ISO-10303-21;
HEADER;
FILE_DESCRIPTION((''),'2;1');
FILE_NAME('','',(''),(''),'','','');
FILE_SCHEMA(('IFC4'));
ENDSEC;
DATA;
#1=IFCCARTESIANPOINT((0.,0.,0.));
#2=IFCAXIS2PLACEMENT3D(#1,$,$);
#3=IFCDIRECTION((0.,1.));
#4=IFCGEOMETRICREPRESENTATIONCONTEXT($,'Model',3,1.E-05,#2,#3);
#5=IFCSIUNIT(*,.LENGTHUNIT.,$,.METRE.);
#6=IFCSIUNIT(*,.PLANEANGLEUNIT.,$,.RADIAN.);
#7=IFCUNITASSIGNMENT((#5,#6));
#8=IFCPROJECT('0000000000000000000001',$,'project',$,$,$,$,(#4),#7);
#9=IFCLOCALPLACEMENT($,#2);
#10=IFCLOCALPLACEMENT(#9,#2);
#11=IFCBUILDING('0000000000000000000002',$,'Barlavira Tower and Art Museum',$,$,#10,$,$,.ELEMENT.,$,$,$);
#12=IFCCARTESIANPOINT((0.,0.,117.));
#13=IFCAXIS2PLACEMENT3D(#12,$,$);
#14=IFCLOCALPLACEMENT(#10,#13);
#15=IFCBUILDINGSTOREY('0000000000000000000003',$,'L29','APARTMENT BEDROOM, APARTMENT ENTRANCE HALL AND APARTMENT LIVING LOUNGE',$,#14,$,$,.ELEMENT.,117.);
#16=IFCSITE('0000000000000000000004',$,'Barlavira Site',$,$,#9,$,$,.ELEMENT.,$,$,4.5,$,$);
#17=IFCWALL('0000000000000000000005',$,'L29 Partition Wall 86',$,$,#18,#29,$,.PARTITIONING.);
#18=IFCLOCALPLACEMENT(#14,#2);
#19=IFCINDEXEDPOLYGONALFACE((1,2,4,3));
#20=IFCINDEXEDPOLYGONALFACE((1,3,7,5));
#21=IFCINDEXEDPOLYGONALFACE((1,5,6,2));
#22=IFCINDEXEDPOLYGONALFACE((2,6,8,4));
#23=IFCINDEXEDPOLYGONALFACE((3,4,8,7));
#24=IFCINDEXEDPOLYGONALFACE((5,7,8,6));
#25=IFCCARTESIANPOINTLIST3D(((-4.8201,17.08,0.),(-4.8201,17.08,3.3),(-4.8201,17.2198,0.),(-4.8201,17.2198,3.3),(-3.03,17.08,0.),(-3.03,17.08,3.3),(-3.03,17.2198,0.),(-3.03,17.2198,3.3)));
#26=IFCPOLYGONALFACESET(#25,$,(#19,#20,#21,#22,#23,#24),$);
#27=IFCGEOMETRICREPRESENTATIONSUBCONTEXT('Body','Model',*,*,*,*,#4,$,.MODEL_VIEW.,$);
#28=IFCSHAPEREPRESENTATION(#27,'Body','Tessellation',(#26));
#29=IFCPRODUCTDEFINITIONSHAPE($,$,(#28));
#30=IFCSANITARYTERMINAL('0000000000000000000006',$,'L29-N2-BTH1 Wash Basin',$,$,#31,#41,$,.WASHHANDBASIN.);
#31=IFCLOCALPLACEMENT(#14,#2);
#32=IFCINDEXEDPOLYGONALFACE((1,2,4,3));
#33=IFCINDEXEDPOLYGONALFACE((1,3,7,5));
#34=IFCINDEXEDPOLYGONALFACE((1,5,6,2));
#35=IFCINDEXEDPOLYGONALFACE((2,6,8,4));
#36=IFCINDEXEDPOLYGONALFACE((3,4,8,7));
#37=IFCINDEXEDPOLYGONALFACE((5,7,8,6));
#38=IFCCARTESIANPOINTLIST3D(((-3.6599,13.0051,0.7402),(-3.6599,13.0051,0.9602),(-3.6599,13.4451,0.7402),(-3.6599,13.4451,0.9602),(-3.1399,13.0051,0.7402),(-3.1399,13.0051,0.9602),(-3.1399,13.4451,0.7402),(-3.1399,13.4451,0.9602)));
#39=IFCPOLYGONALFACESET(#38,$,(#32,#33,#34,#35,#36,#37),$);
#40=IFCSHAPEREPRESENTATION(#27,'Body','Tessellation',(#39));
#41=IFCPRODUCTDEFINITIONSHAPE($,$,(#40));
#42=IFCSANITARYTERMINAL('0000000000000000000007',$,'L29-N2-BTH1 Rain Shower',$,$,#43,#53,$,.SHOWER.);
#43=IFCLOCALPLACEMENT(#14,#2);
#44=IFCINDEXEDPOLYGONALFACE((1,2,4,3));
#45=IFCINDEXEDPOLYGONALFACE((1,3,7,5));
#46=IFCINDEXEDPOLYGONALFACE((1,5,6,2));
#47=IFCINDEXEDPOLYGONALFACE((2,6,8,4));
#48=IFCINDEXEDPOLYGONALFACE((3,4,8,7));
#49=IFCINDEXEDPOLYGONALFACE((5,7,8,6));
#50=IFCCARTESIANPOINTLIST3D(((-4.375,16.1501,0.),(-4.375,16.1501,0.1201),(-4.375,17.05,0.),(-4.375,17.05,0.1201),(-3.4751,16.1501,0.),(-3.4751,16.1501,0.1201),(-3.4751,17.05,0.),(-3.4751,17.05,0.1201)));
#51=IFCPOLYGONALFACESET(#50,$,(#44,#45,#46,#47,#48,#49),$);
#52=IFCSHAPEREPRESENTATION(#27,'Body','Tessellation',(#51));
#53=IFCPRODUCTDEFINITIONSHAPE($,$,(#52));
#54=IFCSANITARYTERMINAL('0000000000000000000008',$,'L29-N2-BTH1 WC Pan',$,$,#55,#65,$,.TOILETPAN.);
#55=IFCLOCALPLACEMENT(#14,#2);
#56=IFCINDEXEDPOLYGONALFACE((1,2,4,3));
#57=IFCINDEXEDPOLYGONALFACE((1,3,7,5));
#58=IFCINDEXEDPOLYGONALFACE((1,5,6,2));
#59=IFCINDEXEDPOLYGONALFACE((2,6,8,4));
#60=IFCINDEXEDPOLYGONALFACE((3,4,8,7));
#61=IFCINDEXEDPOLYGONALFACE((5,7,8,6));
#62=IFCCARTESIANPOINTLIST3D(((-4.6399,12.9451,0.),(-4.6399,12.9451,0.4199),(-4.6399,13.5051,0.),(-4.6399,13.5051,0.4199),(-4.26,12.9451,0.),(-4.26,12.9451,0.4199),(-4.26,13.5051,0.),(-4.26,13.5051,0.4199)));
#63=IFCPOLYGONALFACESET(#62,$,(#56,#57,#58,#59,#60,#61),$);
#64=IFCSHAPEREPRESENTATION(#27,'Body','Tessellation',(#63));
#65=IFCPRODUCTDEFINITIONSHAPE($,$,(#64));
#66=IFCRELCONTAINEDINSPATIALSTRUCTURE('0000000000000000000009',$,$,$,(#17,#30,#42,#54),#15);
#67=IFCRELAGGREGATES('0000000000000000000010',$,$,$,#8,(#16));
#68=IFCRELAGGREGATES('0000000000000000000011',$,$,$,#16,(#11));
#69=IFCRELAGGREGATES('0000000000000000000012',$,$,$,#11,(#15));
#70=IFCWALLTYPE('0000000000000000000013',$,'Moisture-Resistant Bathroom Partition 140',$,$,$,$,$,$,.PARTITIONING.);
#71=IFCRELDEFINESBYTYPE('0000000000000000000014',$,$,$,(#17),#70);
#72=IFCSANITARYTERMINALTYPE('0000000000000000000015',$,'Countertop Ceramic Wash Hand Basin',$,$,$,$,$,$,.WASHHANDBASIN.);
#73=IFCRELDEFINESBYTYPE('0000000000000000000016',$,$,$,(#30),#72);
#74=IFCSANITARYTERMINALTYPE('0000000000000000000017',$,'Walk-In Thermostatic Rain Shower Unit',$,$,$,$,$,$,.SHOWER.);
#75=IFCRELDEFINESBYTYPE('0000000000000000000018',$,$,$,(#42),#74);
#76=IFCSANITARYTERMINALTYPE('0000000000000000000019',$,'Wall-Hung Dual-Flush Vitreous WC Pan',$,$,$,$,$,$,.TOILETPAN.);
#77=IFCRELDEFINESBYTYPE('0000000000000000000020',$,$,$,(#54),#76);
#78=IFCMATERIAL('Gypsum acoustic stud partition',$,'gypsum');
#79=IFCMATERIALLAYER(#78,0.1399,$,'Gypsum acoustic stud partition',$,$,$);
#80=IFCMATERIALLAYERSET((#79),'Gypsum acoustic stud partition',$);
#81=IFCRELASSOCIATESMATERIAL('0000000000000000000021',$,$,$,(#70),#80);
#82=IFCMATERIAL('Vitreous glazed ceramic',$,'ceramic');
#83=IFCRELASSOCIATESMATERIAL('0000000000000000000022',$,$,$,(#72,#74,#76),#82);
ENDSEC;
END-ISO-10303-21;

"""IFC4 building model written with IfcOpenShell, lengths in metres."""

from ifc_helpers import new_model, si_unit, direction, frame, frame_2d, origin, origin_2d, place, context, subcontext, project, spatial, rectangle, extrude, material, layer, layer_set, type_object, element, save


model = new_model("IFC4")

# Units and contexts
model_context = context("Model", 3, precision=1e-05, world=origin(), true_north=direction((0.0, 1.0)))
body_context = subcontext(model_context, "Body", "Model", "MODEL_VIEW")
ifc_project = project(units=[si_unit("LENGTHUNIT", "METRE"), si_unit("PLANEANGLEUNIT", "RADIAN")], contexts=[model_context])

# Site, building, storey
site_placement = place(None, origin())
site = spatial("IfcSite", under=ifc_project, at=site_placement, Name="Barlavira Site", CompositionType="ELEMENT", RefElevation=4.5)
building_placement = place(site_placement, origin())
building = spatial("IfcBuilding", under=site, at=building_placement, Name="Barlavira Tower and Art Museum", CompositionType="ELEMENT")
storey_placement = place(building_placement, frame((0.0, 0.0, 117.0)))
storey = spatial("IfcBuildingStorey", under=building, at=storey_placement, Name="L29", Description="APARTMENT BEDROOM, APARTMENT ENTRANCE HALL AND APARTMENT LIVING LOUNGE", CompositionType="ELEMENT", Elevation=117.0)

# Shared definitions
ifc_material_1 = material(Name="Gypsum acoustic stud partition", Category="gypsum")

# Shared definitions
ifc_layer_1 = layer(ifc_material_1, 0.1399, Name="Gypsum acoustic stud partition")
ifc_layer_set_1 = layer_set([ifc_layer_1], Name="Gypsum acoustic stud partition")
wall_type_1 = type_object("IfcWallType", Name="Moisture-Resistant Bathroom Partition 140", PredefinedType="PARTITIONING", material=ifc_layer_set_1)

# Wall
wall_1_placement = place(storey_placement, frame((-4.8201, 17.1499, 0.0), z_axis=(0.0, 0.0, 1.0), x_axis=(1.0, 0.0, 0.0)))
element("IfcWall", 1, at=wall_1_placement, inside=storey, type_object=wall_type_1, Name="L29 Partition Wall 86", PredefinedType="PARTITIONING", context=body_context, shape_type="SweptSolid", body=[
    extrude(rectangle(XDim=1.79, YDim=0.1399, at=frame_2d((0.895, 0.0))), origin(), (0.0, 0.0, 1.0), 3.3),
])

# Sanitary terminals
ifc_material_2 = material(Name="Vitreous glazed ceramic", Category="ceramic")
sanitary_terminal_type_1 = type_object("IfcSanitaryTerminalType", Name="Countertop Ceramic Wash Hand Basin", PredefinedType="WASHHANDBASIN", material=ifc_material_2)
sanitary_terminal_1_placement = place(storey_placement, frame((-3.3999, 13.2251, 0.7402), z_axis=(0.0, 0.0, 1.0), x_axis=(1.0, 0.0, 0.0)))
element("IfcSanitaryTerminal", 2, at=sanitary_terminal_1_placement, inside=storey, type_object=sanitary_terminal_type_1, Name="L29-N2-BTH1 Wash Basin", PredefinedType="WASHHANDBASIN", context=body_context, shape_type="SweptSolid", body=[
    extrude(rectangle(XDim=0.52, YDim=0.4399, at=origin_2d()), origin(), (0.0, 0.0, 1.0), 0.22),
])
sanitary_terminal_type_2 = type_object("IfcSanitaryTerminalType", Name="Walk-In Thermostatic Rain Shower Unit", PredefinedType="SHOWER", material=ifc_material_2)
sanitary_terminal_2_placement = place(storey_placement, frame((-3.925, 16.6001, 0.0), z_axis=(0.0, 0.0, 1.0), x_axis=(1.0, 0.0, 0.0)))
element("IfcSanitaryTerminal", 3, at=sanitary_terminal_2_placement, inside=storey, type_object=sanitary_terminal_type_2, Name="L29-N2-BTH1 Rain Shower", PredefinedType="SHOWER", context=body_context, shape_type="SweptSolid", body=[
    extrude(rectangle(XDim=0.8999, YDim=0.8999, at=origin_2d()), origin(), (0.0, 0.0, 1.0), 0.1201),
])
sanitary_terminal_type_3 = type_object("IfcSanitaryTerminalType", Name="Wall-Hung Dual-Flush Vitreous WC Pan", PredefinedType="TOILETPAN", material=ifc_material_2)
sanitary_terminal_3_placement = place(storey_placement, frame((-4.45, 13.2251, 0.0), z_axis=(0.0, 0.0, 1.0), x_axis=(1.0, 0.0, 0.0)))
element("IfcSanitaryTerminal", 4, at=sanitary_terminal_3_placement, inside=storey, type_object=sanitary_terminal_type_3, Name="L29-N2-BTH1 WC Pan", PredefinedType="TOILETPAN", context=body_context, shape_type="SweptSolid", body=[
    extrude(rectangle(XDim=0.3799, YDim=0.5601, at=origin_2d()), origin(), (0.0, 0.0, 1.0), 0.4199),
])

save(model, "model.ifc")
